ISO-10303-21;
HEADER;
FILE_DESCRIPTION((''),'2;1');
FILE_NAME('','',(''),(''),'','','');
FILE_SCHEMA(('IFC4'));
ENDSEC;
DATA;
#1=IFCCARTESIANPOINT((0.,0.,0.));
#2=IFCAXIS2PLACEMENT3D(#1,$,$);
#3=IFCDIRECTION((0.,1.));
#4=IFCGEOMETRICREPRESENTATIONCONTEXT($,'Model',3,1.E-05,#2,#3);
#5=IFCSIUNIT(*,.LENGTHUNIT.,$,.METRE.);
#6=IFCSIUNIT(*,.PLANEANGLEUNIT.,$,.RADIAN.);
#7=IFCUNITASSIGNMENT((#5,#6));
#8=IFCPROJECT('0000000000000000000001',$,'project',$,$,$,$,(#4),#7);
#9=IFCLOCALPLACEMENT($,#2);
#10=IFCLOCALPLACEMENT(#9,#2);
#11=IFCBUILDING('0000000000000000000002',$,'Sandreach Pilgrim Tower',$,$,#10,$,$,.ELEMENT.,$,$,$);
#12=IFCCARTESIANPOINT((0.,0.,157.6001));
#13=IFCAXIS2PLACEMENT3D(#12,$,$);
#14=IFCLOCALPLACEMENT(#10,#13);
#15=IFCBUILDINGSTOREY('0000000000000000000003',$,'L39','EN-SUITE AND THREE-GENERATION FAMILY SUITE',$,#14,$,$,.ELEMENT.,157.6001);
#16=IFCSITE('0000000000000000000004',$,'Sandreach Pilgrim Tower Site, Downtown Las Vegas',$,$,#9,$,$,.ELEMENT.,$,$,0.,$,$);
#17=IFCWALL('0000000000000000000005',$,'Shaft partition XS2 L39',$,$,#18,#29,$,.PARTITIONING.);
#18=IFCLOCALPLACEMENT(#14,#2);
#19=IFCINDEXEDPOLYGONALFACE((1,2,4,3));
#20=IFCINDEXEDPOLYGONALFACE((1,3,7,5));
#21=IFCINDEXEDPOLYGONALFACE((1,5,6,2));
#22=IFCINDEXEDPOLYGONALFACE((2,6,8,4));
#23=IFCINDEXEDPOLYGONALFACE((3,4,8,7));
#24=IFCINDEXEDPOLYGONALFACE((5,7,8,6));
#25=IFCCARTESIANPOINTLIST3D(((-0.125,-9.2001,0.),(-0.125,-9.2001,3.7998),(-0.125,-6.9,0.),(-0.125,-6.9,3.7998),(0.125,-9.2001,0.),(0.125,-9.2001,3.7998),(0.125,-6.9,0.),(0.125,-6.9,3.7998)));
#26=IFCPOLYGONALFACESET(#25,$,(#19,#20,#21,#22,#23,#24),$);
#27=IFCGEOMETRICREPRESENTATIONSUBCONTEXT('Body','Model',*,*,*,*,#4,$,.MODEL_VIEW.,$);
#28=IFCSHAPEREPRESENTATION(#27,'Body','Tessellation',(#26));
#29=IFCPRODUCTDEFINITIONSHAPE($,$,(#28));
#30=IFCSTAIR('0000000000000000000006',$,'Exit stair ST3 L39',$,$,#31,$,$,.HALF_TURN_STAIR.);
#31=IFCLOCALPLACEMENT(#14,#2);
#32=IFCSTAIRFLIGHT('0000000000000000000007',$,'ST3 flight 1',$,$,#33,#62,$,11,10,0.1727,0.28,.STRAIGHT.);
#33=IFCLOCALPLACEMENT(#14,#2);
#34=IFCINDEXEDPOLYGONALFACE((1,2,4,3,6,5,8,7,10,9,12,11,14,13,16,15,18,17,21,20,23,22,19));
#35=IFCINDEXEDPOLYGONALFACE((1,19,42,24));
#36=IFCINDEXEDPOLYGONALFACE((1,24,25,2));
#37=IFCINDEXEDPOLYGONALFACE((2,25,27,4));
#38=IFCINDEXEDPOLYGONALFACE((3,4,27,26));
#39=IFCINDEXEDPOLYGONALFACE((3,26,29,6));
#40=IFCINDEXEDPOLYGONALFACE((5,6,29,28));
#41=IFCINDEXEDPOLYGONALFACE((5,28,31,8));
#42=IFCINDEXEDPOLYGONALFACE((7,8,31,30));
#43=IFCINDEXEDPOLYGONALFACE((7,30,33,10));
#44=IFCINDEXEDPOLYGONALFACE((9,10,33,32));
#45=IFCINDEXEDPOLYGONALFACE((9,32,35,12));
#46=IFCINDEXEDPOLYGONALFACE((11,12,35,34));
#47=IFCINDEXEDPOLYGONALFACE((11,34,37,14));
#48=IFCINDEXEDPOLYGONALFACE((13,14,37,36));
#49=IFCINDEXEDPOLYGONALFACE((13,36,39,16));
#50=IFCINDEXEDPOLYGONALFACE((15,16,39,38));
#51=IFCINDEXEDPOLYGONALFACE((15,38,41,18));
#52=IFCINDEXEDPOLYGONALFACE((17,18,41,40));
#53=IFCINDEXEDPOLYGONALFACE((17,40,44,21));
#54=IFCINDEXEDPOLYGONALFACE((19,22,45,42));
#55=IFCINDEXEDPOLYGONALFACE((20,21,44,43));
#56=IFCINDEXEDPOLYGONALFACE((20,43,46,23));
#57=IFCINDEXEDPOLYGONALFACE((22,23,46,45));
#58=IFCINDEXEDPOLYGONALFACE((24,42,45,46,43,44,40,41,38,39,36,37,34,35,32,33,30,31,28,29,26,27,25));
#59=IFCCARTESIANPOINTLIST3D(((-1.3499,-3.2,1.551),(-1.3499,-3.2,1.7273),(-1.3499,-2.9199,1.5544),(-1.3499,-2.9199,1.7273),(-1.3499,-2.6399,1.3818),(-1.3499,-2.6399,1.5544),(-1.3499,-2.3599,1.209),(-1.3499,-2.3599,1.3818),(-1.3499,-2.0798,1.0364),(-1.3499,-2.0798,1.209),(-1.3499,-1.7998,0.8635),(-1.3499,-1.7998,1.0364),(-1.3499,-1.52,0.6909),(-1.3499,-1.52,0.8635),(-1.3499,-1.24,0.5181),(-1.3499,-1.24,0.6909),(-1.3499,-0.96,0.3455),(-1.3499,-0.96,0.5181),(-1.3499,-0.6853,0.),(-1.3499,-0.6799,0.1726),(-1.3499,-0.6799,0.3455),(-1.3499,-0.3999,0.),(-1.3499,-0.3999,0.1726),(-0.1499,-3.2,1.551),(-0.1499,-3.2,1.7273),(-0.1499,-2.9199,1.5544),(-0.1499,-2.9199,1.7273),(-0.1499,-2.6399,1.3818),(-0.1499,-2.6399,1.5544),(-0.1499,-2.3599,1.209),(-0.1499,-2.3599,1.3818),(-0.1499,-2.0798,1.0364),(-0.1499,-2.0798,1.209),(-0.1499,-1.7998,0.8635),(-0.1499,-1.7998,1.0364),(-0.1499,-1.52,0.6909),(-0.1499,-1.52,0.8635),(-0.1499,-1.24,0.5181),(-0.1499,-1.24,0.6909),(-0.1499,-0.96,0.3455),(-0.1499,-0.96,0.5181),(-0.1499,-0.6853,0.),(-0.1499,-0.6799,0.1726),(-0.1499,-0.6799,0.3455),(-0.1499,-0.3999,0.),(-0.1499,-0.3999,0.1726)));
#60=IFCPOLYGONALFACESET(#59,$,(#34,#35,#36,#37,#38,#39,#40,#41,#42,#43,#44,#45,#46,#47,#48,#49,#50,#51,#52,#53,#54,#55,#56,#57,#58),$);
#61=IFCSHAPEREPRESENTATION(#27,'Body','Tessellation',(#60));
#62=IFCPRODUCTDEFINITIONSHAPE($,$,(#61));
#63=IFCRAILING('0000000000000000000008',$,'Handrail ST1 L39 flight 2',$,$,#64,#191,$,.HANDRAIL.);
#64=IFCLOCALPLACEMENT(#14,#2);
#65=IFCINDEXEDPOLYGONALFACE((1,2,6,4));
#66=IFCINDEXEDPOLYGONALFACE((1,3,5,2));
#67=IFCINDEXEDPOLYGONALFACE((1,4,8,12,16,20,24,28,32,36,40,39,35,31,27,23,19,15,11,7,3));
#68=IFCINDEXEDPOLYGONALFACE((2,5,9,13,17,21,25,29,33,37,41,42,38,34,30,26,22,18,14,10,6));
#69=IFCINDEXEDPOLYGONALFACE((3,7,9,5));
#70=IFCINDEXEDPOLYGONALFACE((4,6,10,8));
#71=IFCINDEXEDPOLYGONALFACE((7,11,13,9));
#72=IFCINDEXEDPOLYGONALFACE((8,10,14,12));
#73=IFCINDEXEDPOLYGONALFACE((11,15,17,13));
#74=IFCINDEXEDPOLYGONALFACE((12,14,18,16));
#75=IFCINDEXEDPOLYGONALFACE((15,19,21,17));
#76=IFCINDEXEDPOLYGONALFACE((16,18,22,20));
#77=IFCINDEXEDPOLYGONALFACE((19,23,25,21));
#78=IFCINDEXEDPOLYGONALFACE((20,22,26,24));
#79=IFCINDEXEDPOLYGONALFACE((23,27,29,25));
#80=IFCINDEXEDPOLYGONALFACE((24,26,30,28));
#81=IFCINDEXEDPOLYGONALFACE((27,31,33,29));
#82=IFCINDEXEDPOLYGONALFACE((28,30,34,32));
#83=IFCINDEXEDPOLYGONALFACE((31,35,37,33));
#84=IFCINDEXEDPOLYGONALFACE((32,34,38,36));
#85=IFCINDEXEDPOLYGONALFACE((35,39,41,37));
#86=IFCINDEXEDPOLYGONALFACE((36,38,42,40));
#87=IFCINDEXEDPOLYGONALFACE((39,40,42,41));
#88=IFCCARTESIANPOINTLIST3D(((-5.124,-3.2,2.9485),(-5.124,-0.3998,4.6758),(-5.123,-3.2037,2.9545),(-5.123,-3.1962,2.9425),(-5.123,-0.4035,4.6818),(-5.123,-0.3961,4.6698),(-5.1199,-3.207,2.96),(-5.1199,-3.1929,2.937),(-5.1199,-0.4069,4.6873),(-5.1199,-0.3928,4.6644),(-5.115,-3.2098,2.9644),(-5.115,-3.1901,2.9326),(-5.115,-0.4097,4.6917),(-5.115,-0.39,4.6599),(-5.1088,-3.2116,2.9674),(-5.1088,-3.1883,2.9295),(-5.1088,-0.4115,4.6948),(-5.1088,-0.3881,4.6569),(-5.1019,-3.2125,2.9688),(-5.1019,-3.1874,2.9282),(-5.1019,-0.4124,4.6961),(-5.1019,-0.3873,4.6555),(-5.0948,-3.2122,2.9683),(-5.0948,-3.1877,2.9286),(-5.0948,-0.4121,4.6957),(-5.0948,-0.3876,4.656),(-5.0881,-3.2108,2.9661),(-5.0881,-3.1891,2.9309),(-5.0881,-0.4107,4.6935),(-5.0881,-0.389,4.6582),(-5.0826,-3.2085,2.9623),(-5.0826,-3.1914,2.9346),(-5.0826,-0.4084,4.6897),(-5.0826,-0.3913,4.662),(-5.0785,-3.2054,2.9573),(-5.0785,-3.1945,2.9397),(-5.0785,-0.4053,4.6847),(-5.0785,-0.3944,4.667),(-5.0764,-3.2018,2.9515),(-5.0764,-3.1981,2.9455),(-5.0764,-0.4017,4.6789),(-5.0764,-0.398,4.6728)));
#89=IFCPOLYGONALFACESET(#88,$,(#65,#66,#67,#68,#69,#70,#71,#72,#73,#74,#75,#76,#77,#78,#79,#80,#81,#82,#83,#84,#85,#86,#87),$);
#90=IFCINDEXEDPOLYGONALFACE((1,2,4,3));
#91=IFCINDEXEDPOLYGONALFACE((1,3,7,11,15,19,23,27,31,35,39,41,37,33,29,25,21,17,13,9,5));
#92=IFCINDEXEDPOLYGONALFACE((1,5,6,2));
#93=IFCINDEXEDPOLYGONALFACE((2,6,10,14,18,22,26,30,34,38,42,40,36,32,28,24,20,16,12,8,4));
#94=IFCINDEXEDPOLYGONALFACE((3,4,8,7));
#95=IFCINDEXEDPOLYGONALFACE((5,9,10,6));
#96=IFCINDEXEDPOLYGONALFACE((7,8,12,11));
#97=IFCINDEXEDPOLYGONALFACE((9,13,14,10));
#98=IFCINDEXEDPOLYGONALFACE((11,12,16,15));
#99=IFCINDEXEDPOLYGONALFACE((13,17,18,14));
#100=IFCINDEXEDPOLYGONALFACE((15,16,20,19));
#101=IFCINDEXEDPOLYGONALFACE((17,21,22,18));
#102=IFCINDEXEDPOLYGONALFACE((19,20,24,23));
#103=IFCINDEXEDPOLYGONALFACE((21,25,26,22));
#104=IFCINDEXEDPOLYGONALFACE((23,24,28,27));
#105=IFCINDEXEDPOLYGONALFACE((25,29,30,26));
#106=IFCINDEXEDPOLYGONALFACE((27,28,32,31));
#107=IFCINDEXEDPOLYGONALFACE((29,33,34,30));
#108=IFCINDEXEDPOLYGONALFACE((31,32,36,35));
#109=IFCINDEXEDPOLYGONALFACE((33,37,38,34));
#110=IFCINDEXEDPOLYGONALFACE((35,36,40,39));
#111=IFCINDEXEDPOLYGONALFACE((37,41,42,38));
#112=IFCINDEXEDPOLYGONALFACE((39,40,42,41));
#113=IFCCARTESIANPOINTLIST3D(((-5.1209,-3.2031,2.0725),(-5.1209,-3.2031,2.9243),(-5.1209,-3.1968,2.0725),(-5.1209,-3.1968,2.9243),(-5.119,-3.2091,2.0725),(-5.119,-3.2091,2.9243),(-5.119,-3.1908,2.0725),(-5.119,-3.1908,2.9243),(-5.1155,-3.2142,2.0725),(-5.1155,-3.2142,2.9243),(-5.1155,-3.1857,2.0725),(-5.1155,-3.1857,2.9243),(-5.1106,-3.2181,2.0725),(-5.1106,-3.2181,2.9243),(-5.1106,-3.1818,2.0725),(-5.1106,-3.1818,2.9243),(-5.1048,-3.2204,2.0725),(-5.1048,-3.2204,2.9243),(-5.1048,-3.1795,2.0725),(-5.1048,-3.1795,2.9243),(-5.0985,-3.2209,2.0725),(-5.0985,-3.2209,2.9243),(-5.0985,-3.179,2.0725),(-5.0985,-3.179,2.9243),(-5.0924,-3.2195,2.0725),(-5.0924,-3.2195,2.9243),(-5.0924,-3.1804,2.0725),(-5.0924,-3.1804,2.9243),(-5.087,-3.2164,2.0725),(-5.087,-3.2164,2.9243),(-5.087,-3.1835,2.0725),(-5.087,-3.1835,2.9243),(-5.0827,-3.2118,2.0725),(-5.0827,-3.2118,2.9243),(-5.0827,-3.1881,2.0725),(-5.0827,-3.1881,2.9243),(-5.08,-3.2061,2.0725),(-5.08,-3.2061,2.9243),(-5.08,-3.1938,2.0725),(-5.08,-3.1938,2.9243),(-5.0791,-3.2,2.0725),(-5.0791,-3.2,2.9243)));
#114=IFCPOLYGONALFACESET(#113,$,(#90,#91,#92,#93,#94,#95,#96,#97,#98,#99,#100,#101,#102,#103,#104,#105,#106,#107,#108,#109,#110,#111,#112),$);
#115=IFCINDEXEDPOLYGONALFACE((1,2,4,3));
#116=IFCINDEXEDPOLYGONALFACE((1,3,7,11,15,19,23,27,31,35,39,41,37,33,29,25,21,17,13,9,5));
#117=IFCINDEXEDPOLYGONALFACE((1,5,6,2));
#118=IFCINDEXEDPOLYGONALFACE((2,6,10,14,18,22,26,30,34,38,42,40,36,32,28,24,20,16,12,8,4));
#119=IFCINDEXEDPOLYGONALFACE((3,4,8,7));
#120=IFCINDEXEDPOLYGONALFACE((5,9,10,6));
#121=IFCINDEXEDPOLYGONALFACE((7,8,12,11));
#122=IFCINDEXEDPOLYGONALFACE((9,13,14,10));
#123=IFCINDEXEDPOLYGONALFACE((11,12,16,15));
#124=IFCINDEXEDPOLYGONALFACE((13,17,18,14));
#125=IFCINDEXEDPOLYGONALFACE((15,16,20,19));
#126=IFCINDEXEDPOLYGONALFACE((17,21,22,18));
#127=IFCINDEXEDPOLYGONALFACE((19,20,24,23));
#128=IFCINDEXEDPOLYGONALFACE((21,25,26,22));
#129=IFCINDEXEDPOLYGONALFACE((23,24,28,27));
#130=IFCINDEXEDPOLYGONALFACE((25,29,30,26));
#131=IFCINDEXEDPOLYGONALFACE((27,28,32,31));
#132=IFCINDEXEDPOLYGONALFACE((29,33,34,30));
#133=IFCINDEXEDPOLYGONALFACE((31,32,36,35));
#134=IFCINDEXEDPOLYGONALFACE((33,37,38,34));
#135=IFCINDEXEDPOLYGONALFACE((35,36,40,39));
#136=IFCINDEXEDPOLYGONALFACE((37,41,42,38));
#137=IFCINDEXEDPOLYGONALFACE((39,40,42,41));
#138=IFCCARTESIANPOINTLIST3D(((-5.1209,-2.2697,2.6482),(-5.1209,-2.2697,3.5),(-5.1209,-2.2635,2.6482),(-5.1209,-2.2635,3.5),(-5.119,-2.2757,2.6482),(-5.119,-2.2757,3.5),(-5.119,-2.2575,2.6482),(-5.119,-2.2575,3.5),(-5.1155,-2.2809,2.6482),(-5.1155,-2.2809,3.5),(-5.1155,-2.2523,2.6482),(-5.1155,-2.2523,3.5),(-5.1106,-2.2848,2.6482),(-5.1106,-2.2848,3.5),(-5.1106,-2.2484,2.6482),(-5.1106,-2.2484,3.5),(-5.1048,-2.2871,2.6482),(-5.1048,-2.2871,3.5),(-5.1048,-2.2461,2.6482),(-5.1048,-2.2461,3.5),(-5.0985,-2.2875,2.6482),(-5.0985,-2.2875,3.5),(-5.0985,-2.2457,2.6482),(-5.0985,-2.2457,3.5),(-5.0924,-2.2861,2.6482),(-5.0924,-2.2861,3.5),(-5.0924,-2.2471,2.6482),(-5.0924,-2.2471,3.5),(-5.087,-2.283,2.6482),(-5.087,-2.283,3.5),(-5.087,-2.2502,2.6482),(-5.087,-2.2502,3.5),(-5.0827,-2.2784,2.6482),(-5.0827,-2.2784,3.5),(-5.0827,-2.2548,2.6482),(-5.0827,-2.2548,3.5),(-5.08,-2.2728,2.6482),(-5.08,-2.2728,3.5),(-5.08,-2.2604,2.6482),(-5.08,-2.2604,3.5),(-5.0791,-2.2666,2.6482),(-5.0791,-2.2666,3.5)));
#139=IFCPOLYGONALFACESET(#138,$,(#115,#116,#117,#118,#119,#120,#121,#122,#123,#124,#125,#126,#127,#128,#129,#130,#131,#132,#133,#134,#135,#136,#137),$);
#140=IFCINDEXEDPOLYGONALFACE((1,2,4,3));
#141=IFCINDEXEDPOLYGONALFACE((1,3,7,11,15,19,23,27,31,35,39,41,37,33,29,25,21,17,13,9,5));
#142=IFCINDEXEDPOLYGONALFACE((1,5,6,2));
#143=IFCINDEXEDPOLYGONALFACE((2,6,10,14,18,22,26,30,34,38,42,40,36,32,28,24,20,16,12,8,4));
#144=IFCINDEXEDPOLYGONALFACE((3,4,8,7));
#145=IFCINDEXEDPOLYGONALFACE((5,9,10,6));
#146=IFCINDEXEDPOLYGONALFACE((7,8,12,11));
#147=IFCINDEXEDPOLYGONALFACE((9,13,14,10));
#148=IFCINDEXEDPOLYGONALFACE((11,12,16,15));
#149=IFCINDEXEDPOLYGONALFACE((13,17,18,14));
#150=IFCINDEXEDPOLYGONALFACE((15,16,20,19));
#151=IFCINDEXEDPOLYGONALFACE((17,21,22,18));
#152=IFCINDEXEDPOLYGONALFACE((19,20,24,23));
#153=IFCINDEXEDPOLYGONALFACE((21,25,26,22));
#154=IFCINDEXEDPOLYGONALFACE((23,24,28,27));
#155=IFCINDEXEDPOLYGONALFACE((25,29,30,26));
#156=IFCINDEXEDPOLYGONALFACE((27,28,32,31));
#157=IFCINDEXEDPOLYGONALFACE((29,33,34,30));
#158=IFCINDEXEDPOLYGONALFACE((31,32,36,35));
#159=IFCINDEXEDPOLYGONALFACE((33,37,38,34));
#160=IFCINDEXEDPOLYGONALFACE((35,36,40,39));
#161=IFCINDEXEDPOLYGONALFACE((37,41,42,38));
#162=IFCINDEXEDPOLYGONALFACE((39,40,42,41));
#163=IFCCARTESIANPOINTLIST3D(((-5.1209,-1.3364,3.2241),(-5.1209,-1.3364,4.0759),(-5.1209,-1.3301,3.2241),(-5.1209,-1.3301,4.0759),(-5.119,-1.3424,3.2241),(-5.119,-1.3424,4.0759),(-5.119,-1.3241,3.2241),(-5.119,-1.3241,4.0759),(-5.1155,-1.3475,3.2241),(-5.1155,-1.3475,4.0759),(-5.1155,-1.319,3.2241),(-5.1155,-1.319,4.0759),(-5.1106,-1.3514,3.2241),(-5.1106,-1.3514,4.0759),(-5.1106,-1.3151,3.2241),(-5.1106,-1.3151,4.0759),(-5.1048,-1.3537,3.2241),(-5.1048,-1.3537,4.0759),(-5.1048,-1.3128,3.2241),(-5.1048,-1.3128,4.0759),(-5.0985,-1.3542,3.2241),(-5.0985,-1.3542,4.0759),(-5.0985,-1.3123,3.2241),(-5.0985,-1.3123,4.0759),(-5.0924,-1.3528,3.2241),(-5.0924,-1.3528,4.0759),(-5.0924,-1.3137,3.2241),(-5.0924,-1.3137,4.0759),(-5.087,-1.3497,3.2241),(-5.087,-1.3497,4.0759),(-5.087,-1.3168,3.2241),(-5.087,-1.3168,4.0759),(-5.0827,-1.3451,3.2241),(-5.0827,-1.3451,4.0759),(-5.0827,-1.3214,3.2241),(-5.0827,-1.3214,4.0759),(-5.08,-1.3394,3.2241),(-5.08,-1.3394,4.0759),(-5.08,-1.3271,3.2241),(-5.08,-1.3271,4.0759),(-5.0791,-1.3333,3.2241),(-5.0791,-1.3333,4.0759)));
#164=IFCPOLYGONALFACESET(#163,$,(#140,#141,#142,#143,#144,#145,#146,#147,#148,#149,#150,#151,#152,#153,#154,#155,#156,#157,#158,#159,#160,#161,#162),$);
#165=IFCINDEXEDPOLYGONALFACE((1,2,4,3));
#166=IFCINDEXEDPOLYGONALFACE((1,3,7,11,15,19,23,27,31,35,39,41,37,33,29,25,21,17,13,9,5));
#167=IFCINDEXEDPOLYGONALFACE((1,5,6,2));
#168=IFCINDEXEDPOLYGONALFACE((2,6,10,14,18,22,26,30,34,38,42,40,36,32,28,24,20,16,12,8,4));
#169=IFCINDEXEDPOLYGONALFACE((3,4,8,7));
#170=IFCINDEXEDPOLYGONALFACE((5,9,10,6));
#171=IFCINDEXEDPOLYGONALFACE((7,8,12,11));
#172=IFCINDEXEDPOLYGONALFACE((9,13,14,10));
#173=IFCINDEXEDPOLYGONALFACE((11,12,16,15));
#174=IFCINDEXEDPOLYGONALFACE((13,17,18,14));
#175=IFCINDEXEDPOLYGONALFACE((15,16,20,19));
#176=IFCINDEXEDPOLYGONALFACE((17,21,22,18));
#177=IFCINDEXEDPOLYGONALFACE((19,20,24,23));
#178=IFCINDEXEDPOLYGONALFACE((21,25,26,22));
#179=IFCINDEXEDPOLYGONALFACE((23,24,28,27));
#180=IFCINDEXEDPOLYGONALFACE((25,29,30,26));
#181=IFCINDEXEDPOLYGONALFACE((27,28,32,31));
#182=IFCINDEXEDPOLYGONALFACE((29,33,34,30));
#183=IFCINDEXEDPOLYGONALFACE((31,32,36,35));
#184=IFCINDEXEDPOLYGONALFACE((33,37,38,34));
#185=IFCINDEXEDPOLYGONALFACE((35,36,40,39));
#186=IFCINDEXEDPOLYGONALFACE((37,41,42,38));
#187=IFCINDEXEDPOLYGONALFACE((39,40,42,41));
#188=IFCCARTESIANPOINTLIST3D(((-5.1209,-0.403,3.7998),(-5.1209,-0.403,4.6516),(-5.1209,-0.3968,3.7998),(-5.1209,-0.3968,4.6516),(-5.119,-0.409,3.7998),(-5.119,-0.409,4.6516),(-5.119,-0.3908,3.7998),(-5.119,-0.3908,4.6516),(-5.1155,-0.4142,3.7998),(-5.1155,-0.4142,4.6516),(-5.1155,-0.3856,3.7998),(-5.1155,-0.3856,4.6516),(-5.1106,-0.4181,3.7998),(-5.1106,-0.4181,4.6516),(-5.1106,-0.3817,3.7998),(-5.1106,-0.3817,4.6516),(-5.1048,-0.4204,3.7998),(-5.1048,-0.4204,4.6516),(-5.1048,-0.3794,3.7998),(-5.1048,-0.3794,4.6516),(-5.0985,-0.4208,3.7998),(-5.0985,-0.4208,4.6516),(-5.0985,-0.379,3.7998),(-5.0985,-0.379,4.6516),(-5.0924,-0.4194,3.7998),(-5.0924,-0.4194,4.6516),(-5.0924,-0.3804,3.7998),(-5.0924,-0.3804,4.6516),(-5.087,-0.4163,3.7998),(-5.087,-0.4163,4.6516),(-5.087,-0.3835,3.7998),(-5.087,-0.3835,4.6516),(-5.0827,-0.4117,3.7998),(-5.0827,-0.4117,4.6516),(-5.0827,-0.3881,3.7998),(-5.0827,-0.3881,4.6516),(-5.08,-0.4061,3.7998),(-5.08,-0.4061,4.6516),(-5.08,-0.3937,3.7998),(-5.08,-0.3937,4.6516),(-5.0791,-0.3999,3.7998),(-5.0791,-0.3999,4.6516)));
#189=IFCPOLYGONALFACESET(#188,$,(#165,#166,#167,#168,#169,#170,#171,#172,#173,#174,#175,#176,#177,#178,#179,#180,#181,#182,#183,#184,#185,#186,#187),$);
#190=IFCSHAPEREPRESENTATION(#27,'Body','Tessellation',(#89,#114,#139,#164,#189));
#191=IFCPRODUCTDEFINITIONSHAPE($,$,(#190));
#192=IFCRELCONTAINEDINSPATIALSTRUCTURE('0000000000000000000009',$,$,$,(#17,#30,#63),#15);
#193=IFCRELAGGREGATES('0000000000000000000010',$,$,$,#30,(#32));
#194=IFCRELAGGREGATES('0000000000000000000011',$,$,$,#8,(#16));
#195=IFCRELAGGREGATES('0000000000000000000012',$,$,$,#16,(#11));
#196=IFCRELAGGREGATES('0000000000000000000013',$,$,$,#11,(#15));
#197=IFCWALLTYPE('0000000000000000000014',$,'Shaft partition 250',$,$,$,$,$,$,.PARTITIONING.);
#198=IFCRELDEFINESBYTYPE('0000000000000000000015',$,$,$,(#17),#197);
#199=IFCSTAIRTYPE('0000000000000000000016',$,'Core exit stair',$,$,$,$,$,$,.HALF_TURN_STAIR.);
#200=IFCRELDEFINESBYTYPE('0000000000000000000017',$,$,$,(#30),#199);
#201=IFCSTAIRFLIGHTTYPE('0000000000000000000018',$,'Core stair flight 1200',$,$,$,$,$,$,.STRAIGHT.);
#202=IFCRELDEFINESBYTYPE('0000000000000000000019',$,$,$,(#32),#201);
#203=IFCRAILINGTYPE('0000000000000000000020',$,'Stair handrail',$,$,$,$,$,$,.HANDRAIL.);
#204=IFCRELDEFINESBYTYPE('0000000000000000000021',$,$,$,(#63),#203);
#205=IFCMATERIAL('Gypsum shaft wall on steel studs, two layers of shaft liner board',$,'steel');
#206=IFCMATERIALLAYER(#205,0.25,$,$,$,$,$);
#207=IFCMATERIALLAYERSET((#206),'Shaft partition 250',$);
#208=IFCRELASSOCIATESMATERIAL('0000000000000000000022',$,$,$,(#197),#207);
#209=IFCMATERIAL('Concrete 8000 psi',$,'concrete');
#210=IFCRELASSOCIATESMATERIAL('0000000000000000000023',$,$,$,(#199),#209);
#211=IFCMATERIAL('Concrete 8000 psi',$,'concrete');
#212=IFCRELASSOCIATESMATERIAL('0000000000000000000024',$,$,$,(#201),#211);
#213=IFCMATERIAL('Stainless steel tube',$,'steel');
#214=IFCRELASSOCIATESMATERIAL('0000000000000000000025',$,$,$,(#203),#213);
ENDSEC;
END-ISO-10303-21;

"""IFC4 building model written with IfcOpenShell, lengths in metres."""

from ifc_helpers import new_model, si_unit, direction, frame, frame_2d, origin, origin_2d, place, context, subcontext, project, spatial, polyline, rectangle, circle, outline, extrude, material, layer, layer_set, type_object, element, aggregate, save


model = new_model("IFC4")

# Units and contexts
model_context = context("Model", 3, precision=1e-05, world=origin(), true_north=direction((0.0, 1.0)))
body_context = subcontext(model_context, "Body", "Model", "MODEL_VIEW")
ifc_project = project(units=[si_unit("LENGTHUNIT", "METRE"), si_unit("PLANEANGLEUNIT", "RADIAN")], contexts=[model_context])

# Site, building, storey
site_placement = place(None, origin())
site = spatial("IfcSite", under=ifc_project, at=site_placement, Name="Sandreach Pilgrim Tower Site, Downtown Las Vegas", CompositionType="ELEMENT", RefElevation=0.0)
building_placement = place(site_placement, origin())
building = spatial("IfcBuilding", under=site, at=building_placement, Name="Sandreach Pilgrim Tower", CompositionType="ELEMENT")
storey_placement = place(building_placement, frame((0.0, 0.0, 157.6001)))
storey = spatial("IfcBuildingStorey", under=building, at=storey_placement, Name="L39", Description="EN-SUITE AND THREE-GENERATION FAMILY SUITE", CompositionType="ELEMENT", Elevation=157.6001)

# Wall
ifc_material_1 = material(Name="Gypsum shaft wall on steel studs, two layers of shaft liner board", Category="steel")
ifc_layer_1 = layer(ifc_material_1, 0.25)
ifc_layer_set_1 = layer_set([ifc_layer_1], Name="Shaft partition 250")
wall_type_1 = type_object("IfcWallType", Name="Shaft partition 250", PredefinedType="PARTITIONING", material=ifc_layer_set_1)
wall_1_placement = place(storey_placement, frame((0.0, -9.2, 0.0), z_axis=(0.0, 0.0, 1.0), x_axis=(0.0, 1.0, 0.0)))
element("IfcWall", 1, at=wall_1_placement, inside=storey, type_object=wall_type_1, Name="Shaft partition XS2 L39", PredefinedType="PARTITIONING", context=body_context, shape_type="SweptSolid", body=[
    extrude(rectangle(XDim=2.3, YDim=0.25, at=frame_2d((1.1499, 0.0))), origin(), (0.0, 0.0, 1.0), 3.7998),
])

# Stair, stair flight
ifc_material_2 = material(Name="Concrete 8000 psi", Category="concrete")
stair_type = type_object("IfcStairType", Name="Core exit stair", PredefinedType="HALF_TURN_STAIR", material=ifc_material_2)
stair_placement = place(storey_placement, origin())
stair = element("IfcStair", 2, at=stair_placement, inside=storey, type_object=stair_type, Name="Exit stair ST3 L39", PredefinedType="HALF_TURN_STAIR")
ifc_material_3 = material(Name="Concrete 8000 psi", Category="concrete")
stair_flight_type = type_object("IfcStairFlightType", Name="Core stair flight 1200", PredefinedType="STRAIGHT", material=ifc_material_3)
stair_flight_placement = place(storey_placement, frame((-0.75, -0.3999, 0.0), z_axis=(0.0, 0.0, 1.0), x_axis=(0.0, -1.0, 0.0)))
stair_flight = element("IfcStairFlight", 3, at=stair_flight_placement, type_object=stair_flight_type, Name="ST3 flight 1", NumberOfRisers=11, NumberOfTreads=10, PredefinedType="STRAIGHT", RiserHeight=0.1727, TreadLength=0.28, context=body_context, shape_type="SweptSolid", body=[
    extrude(outline(polyline([(0.0, 0.0), (0.0, 0.1726), (0.28, 0.1726), (0.28, 0.3455), (0.5601, 0.3455), (0.5601, 0.5181), (0.8401, 0.5181), (0.8401, 0.6909), (1.1201, 0.6909), (1.1201, 0.8635), (1.3999, 0.8635), (1.3999, 1.0364), (1.6799, 1.0364), (1.6799, 1.209), (1.96, 1.209), (1.96, 1.3818), (2.24, 1.3818), (2.24, 1.5544), (2.52, 1.5544), (2.52, 1.7273), (2.8, 1.7273), (2.8, 1.8999), (2.8, 1.551), (0.2854, 0.0), (0.0, 0.0)])), frame((0.0, 0.6001, 0.0), z_axis=(0.0, -1.0, 0.0), x_axis=(1.0, 0.0, 0.0)), (0.0, 0.0, 1.0), 1.2),
])
aggregate(stair, [stair_flight])

# Railing
ifc_material_4 = material(Name="Stainless steel tube", Category="steel")
railing_type = type_object("IfcRailingType", Name="Stair handrail", PredefinedType="HANDRAIL", material=ifc_material_4)
railing_placement = place(storey_placement, frame((-5.1001, -3.2, 2.0725)))
element("IfcRailing", 4, at=railing_placement, inside=storey, type_object=railing_type, Name="Handrail ST1 L39 flight 2", PredefinedType="HANDRAIL", context=body_context, shape_type="SweptSolid", body=[
    extrude(circle(Radius=0.0239, at=origin_2d()), frame((0.0, 0.0, 0.876), z_axis=(0.0, 0.85109, 0.52502), x_axis=(-1.0, 0.0, 0.0)), (0.0, 0.0, 1.0), 3.29),
    extrude(circle(Radius=0.021, at=origin_2d()), origin(), (0.0, 0.0, 1.0), 0.8518),
    extrude(circle(Radius=0.021, at=origin_2d()), frame((0.0, 0.9333, 0.5757)), (0.0, 0.0, 1.0), 0.8518),
    extrude(circle(Radius=0.021, at=origin_2d()), frame((0.0, 1.8667, 1.1516)), (0.0, 0.0, 1.0), 0.8518),
    extrude(circle(Radius=0.021, at=origin_2d()), frame((0.0, 2.8, 1.7273)), (0.0, 0.0, 1.0), 0.8518),
])

save(model, "model.ifc")
